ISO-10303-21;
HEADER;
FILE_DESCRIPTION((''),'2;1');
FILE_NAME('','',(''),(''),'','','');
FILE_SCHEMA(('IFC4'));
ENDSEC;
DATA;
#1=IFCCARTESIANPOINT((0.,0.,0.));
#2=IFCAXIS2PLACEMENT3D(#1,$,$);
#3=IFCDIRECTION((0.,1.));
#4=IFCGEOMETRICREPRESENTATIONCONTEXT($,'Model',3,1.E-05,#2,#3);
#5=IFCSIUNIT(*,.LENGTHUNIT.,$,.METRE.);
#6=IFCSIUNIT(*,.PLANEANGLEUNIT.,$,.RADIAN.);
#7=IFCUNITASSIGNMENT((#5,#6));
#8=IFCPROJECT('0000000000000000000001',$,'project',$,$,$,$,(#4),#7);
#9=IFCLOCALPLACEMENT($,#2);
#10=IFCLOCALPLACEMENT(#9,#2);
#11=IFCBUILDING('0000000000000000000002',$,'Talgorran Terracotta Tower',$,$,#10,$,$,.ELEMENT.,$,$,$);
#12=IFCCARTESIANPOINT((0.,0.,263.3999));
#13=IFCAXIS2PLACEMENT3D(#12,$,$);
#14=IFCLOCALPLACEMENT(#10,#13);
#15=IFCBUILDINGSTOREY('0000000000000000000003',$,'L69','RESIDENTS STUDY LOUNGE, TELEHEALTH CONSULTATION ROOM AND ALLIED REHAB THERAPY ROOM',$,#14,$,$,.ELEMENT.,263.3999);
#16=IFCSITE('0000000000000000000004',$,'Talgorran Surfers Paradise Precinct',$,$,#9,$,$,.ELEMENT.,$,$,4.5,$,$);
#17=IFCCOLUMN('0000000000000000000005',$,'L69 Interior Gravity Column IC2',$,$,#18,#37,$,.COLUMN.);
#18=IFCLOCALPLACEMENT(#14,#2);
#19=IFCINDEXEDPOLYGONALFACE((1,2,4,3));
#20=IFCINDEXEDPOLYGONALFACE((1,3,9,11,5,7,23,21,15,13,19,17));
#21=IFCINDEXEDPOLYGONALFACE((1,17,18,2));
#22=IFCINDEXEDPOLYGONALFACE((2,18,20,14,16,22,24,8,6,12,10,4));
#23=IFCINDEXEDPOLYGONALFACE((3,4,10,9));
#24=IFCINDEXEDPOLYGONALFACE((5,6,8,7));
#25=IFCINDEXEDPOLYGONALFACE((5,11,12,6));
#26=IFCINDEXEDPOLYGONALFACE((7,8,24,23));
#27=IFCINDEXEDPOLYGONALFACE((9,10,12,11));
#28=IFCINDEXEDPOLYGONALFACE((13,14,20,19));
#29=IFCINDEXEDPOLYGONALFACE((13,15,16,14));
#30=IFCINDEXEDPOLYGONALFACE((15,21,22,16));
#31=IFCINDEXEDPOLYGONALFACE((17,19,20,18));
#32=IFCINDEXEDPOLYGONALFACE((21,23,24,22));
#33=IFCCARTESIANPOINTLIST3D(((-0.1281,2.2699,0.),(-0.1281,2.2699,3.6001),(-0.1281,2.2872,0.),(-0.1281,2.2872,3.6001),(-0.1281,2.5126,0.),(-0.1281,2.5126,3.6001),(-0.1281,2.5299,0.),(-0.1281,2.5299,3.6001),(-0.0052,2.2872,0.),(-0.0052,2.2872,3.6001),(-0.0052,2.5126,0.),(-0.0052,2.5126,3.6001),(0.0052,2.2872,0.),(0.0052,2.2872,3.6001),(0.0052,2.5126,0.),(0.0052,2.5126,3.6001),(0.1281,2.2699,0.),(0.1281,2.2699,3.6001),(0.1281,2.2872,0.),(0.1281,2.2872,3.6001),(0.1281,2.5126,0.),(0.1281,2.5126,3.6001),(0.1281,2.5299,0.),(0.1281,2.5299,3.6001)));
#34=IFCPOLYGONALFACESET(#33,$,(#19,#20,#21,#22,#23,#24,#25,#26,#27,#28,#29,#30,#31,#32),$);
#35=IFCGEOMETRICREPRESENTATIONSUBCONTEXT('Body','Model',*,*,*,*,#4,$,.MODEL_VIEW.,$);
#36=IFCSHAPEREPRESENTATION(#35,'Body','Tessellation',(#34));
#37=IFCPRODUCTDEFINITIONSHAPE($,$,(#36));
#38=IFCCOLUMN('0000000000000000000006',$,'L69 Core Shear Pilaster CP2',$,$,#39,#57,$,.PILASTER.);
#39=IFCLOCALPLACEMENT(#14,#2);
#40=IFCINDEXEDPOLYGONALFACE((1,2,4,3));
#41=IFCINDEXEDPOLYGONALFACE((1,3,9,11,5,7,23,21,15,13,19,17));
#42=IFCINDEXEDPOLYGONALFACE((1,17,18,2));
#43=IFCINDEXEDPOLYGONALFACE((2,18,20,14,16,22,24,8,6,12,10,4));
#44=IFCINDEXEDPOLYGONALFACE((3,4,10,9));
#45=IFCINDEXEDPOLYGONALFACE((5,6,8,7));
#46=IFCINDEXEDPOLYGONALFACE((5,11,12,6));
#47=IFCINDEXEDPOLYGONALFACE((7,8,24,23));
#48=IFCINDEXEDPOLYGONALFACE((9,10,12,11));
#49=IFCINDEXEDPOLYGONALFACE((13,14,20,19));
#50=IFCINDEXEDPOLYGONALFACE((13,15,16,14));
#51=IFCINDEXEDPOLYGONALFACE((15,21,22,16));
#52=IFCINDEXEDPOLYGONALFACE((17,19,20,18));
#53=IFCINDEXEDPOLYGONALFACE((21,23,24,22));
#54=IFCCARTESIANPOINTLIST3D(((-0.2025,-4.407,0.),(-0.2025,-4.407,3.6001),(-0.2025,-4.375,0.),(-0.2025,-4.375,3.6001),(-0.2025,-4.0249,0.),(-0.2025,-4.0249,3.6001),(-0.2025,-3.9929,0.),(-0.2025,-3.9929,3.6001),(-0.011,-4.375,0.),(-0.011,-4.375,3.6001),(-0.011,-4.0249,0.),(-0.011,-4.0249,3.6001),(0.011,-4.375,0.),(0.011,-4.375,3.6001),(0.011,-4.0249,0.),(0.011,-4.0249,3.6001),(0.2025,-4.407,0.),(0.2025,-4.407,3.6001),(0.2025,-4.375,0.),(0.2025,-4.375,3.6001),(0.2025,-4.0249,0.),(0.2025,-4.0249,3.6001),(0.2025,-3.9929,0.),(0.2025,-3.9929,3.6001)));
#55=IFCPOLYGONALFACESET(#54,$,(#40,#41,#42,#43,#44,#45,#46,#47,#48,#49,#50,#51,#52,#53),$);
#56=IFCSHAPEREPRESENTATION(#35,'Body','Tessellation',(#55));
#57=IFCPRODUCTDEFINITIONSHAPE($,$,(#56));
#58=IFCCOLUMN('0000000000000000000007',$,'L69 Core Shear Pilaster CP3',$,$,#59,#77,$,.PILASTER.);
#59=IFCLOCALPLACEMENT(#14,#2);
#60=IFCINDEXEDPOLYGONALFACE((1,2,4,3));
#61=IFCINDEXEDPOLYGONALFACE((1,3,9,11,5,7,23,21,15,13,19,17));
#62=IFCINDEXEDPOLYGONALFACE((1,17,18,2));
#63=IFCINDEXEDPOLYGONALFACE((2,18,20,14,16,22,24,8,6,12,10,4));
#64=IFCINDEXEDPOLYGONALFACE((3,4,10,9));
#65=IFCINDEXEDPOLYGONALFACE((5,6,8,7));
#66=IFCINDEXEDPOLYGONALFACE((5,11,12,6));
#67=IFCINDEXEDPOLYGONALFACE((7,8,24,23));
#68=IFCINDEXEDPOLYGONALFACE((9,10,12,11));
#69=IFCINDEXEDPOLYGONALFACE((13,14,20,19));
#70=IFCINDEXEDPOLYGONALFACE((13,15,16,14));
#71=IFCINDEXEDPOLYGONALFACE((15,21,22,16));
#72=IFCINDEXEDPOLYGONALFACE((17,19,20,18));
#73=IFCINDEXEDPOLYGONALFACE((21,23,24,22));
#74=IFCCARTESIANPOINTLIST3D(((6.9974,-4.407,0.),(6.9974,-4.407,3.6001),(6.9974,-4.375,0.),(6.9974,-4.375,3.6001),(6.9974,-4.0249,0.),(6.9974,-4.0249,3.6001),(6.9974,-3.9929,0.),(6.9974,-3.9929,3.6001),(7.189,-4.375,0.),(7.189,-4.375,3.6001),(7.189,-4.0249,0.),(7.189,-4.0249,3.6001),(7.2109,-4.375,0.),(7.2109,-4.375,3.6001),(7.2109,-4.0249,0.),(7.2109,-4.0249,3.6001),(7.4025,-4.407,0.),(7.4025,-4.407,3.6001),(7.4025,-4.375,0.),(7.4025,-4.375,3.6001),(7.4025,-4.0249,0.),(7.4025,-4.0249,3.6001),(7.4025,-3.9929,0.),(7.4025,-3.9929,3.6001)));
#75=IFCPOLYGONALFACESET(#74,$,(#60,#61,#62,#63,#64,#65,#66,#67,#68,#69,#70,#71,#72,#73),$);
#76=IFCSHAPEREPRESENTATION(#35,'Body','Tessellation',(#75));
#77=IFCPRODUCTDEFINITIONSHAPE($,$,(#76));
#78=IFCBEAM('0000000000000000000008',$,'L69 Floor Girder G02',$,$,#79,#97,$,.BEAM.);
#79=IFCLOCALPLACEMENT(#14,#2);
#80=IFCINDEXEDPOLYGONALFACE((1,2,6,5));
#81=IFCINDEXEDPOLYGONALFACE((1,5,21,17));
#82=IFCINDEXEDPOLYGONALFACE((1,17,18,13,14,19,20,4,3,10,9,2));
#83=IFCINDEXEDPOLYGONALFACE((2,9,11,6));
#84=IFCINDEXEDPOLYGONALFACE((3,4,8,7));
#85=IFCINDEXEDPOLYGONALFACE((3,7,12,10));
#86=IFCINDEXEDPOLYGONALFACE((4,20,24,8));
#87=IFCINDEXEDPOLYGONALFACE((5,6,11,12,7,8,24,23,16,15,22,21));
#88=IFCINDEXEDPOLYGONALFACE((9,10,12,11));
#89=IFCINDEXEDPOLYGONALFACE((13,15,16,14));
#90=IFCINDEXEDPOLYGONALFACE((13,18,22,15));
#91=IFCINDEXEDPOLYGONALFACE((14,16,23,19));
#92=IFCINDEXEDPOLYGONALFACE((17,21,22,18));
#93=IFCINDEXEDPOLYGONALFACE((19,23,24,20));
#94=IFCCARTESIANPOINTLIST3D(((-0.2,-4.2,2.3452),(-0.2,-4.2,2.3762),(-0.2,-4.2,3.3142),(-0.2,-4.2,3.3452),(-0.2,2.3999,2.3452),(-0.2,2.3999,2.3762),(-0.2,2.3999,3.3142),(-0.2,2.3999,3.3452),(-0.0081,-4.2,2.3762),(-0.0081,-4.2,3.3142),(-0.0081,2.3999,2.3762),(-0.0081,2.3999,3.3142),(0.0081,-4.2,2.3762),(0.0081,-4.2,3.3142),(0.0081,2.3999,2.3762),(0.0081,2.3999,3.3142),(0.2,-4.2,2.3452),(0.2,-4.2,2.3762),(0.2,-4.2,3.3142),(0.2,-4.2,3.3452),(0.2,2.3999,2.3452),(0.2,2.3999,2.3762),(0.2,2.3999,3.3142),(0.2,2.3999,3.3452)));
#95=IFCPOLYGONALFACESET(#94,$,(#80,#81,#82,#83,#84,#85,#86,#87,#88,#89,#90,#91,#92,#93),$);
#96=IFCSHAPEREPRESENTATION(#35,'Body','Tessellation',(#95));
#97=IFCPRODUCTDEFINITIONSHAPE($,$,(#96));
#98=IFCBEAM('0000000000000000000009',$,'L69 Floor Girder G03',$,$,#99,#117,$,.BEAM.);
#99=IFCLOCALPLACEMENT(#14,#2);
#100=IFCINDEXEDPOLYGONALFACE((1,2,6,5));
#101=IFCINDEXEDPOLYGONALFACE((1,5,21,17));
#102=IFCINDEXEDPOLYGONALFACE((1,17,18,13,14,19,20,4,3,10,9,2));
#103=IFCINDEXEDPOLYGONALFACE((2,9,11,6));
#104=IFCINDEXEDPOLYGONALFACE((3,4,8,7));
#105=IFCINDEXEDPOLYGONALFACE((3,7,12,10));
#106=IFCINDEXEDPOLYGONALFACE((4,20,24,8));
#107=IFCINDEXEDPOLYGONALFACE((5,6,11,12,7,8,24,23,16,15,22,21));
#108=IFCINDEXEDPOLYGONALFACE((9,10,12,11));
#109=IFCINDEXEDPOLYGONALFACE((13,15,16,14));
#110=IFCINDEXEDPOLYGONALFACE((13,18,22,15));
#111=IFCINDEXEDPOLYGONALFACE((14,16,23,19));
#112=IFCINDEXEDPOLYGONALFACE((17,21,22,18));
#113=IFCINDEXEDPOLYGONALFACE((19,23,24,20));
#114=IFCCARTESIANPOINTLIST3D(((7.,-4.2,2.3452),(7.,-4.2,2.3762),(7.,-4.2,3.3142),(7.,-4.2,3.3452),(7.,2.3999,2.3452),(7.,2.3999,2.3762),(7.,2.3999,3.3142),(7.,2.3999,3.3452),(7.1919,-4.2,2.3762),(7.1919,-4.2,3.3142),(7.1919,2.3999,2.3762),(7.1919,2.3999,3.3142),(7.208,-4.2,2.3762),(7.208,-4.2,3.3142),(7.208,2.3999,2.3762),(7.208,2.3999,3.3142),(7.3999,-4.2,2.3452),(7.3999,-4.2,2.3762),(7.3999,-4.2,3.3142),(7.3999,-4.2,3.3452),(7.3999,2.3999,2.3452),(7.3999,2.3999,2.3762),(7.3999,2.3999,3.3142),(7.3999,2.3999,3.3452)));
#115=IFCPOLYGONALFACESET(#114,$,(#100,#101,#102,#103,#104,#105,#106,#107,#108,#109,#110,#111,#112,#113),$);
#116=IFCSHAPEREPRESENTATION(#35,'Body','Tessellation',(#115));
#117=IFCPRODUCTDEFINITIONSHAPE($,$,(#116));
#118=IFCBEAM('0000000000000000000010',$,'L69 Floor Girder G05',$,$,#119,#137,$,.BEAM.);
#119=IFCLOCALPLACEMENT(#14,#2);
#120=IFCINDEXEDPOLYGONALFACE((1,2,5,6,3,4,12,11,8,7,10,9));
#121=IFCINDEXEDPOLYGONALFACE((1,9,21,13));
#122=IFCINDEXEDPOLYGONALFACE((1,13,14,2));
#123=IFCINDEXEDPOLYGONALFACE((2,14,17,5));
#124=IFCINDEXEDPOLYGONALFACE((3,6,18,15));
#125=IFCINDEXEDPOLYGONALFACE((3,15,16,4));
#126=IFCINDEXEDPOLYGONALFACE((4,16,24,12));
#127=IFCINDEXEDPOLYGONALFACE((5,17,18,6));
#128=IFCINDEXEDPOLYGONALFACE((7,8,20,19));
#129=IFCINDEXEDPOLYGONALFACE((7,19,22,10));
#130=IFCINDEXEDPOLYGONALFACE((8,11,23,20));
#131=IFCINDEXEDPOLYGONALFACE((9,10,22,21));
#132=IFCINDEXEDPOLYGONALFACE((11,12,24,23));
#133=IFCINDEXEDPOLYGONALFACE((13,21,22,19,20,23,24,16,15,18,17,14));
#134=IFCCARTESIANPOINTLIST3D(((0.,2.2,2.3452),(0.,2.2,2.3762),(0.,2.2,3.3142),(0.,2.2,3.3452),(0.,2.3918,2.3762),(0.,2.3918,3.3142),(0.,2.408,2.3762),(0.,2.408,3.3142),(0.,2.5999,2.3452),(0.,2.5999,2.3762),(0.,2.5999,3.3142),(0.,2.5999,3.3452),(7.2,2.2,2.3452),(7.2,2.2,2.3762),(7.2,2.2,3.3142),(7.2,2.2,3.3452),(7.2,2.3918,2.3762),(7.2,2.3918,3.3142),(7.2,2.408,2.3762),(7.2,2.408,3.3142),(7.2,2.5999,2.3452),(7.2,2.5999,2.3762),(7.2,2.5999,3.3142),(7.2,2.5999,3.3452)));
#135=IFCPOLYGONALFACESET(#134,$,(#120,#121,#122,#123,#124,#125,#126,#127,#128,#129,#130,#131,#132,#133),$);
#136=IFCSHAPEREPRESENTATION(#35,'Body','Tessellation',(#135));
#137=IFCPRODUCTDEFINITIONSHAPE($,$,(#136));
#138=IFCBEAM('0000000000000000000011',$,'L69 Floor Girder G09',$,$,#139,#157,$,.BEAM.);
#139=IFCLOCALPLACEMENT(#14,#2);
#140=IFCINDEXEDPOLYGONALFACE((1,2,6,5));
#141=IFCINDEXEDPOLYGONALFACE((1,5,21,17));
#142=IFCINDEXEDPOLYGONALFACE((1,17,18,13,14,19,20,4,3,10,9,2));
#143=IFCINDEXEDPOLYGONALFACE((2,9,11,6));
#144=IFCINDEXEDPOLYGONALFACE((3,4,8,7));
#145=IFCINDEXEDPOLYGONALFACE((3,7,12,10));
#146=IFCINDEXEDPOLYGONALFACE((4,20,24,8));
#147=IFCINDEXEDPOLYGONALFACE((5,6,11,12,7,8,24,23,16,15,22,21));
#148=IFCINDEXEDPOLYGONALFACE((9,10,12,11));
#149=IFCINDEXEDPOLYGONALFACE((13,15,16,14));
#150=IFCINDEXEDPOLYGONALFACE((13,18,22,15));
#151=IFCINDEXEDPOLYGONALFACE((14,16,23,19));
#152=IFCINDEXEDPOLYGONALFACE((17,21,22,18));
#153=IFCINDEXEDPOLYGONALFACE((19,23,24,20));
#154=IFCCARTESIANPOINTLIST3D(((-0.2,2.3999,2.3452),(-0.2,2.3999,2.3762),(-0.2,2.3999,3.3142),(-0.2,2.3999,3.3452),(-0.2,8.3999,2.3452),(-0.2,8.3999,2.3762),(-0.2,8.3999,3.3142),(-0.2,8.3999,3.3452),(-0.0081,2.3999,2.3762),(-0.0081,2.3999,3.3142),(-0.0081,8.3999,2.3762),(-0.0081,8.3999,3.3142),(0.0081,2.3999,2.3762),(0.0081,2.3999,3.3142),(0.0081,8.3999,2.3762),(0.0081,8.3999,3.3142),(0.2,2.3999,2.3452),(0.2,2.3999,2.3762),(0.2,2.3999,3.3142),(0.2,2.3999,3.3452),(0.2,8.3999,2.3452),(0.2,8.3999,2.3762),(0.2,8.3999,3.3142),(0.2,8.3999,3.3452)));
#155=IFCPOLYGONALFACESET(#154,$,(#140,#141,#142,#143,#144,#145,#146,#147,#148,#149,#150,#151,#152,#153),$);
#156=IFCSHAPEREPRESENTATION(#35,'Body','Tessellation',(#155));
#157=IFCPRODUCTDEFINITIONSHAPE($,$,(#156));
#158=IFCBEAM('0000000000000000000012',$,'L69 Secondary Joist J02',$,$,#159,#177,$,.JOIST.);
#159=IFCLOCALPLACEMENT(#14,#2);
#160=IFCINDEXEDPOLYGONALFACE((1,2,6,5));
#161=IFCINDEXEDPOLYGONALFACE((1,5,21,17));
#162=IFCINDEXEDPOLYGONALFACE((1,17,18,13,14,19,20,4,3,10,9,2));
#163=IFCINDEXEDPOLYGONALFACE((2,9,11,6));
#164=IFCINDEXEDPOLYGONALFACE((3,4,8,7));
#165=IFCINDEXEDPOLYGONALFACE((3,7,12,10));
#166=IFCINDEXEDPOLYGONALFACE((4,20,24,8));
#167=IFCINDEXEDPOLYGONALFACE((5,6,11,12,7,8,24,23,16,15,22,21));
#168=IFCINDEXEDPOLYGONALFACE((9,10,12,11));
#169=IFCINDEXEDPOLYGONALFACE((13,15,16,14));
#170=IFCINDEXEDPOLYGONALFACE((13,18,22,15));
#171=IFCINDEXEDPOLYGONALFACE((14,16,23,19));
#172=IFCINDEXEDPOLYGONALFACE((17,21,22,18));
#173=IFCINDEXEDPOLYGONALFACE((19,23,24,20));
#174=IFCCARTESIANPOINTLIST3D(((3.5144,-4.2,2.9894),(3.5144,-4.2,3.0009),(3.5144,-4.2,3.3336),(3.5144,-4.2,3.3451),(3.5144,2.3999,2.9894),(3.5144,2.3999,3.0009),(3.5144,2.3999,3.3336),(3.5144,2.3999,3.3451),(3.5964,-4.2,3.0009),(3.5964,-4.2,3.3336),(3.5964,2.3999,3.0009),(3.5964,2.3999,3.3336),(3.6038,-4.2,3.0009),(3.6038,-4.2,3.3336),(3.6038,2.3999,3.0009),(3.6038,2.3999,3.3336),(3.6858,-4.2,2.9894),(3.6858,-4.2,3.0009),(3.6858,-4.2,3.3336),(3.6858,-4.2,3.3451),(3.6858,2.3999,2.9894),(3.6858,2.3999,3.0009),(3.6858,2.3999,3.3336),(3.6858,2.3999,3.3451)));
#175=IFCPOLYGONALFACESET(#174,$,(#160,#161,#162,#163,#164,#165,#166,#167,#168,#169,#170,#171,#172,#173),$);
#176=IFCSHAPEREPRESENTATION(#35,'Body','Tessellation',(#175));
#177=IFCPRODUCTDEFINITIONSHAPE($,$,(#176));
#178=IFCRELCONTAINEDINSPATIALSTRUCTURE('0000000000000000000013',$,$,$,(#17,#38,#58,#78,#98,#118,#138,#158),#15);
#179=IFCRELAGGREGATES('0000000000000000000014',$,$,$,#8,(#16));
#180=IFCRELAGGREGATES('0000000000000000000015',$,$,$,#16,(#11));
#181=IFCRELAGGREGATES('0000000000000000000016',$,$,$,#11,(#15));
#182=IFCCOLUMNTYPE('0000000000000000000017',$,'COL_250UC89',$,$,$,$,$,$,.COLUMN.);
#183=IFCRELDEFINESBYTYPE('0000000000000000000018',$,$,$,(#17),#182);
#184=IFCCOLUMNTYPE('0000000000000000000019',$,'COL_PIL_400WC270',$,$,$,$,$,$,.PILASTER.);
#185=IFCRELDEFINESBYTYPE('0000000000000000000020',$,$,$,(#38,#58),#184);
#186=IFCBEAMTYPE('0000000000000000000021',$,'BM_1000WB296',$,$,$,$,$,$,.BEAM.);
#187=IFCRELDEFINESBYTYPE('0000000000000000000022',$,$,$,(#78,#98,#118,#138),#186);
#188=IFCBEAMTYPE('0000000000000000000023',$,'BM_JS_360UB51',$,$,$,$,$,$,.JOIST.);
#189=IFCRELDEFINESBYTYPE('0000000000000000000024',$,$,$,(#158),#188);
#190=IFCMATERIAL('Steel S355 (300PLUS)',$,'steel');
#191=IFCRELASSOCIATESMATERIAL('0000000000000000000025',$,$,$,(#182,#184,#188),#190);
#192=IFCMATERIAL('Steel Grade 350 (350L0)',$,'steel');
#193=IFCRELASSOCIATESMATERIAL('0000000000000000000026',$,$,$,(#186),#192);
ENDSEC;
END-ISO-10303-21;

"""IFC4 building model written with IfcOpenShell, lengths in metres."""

from ifc_helpers import new_model, si_unit, direction, frame, origin, origin_2d, place, context, subcontext, project, spatial, i_section, extrude, material, material_profile, profile_set, type_object, element, save


model = new_model("IFC4")

# Units and contexts
model_context = context("Model", 3, precision=1e-05, world=origin(), true_north=direction((0.0, 1.0)))
body_context = subcontext(model_context, "Body", "Model", "MODEL_VIEW")
ifc_project = project(units=[si_unit("LENGTHUNIT", "METRE"), si_unit("PLANEANGLEUNIT", "RADIAN")], contexts=[model_context])

# Site, building, storey
site_placement = place(None, origin())
site = spatial("IfcSite", under=ifc_project, at=site_placement, Name="Talgorran Surfers Paradise Precinct", CompositionType="ELEMENT", RefElevation=4.5)
building_placement = place(site_placement, origin())
building = spatial("IfcBuilding", under=site, at=building_placement, Name="Talgorran Terracotta Tower", CompositionType="ELEMENT")
storey_placement = place(building_placement, frame((0.0, 0.0, 263.3999)))
storey = spatial("IfcBuildingStorey", under=building, at=storey_placement, Name="L69", Description="RESIDENTS STUDY LOUNGE, TELEHEALTH CONSULTATION ROOM AND ALLIED REHAB THERAPY ROOM", CompositionType="ELEMENT", Elevation=263.3999)

# Columns
ifc_material_1 = material(Name="Steel S355 (300PLUS)", Category="steel")
ifc_material_profile_1 = material_profile(ifc_material_1, i_section(OverallWidth=0.2561, OverallDepth=0.26, WebThickness=0.0105, FlangeThickness=0.0173, at=origin_2d()), Name="250UC89.5")
ifc_profile_set_1 = profile_set([ifc_material_profile_1], Name="Steel S355 (300PLUS)")
column_type_1 = type_object("IfcColumnType", Name="COL_250UC89", PredefinedType="COLUMN", material=ifc_profile_set_1)
column_placement = place(storey_placement, frame((0.0, 2.3999, 0.0), z_axis=(0.0, 0.0, 1.0), x_axis=(1.0, 0.0, 0.0)))
element("IfcColumn", 1, at=column_placement, inside=storey, type_object=column_type_1, Name="L69 Interior Gravity Column IC2", PredefinedType="COLUMN", context=body_context, shape_type="SweptSolid", body=[
    extrude(i_section(OverallWidth=0.2561, OverallDepth=0.26, WebThickness=0.0105, FlangeThickness=0.0173, at=origin_2d()), origin(), (0.0, 0.0, 1.0), 3.6001),
])
ifc_material_profile_2 = material_profile(ifc_material_1, i_section(OverallWidth=0.405, OverallDepth=0.4141, WebThickness=0.022, FlangeThickness=0.032, at=origin_2d()), Name="400WC270")
ifc_profile_set_2 = profile_set([ifc_material_profile_2], Name="Steel S355 (300PLUS)")
column_type_2 = type_object("IfcColumnType", Name="COL_PIL_400WC270", PredefinedType="PILASTER", material=ifc_profile_set_2)
for number, where, z_axis, x_axis, name in (
    (2, (0.0, -4.2, 0.0), (0.0, 0.0, 1.0), (1.0, 0.0, 0.0), "L69 Core Shear Pilaster CP2"),
    (3, (7.2, -4.2, 0.0), (0.0, 0.0, 1.0), (1.0, 0.0, 0.0), "L69 Core Shear Pilaster CP3"),
):
    element("IfcColumn", number, at=place(storey_placement, frame(where, z_axis=z_axis, x_axis=x_axis)), inside=storey, type_object=column_type_2, Name=name, PredefinedType="PILASTER", context=body_context, shape_type="SweptSolid", body=[
        extrude(i_section(OverallWidth=0.405, OverallDepth=0.4141, WebThickness=0.022, FlangeThickness=0.032, at=origin_2d()), origin(), (0.0, 0.0, 1.0), 3.6001),
    ])

# Beams
ifc_material_2 = material(Name="Steel Grade 350 (350L0)", Category="steel")
ifc_material_profile_3 = material_profile(ifc_material_2, i_section(OverallWidth=0.3999, OverallDepth=1.0, WebThickness=0.0161, FlangeThickness=0.031, at=origin_2d()), Name="1000WB296")
ifc_profile_set_3 = profile_set([ifc_material_profile_3], Name="Steel Grade 350 (350L0)")
beam_type_1 = type_object("IfcBeamType", Name="BM_1000WB296", PredefinedType="BEAM", material=ifc_profile_set_3)
for number, where, z_axis, x_axis, name in (
    (4, (0.0, -4.2, 2.8452), (0.0, 1.0, 0.0), (-1.0, 0.0, 0.0), "L69 Floor Girder G02"),
    (5, (7.2, -4.2, 2.8452), (0.0, 1.0, 0.0), (-1.0, 0.0, 0.0), "L69 Floor Girder G03"),
):
    element("IfcBeam", number, at=place(storey_placement, frame(where, z_axis=z_axis, x_axis=x_axis)), inside=storey, type_object=beam_type_1, Name=name, PredefinedType="BEAM", context=body_context, shape_type="SweptSolid", body=[
        extrude(i_section(OverallWidth=0.3999, OverallDepth=1.0, WebThickness=0.0161, FlangeThickness=0.031, at=origin_2d()), origin(), (0.0, 0.0, 1.0), 6.5999),
    ])
beam_1_placement = place(storey_placement, frame((0.0, 2.3999, 2.8452), z_axis=(1.0, 0.0, 0.0), x_axis=(0.0, 1.0, 0.0)))
element("IfcBeam", 6, at=beam_1_placement, inside=storey, type_object=beam_type_1, Name="L69 Floor Girder G05", PredefinedType="BEAM", context=body_context, shape_type="SweptSolid", body=[
    extrude(i_section(OverallWidth=0.3999, OverallDepth=1.0, WebThickness=0.0161, FlangeThickness=0.031, at=origin_2d()), origin(), (0.0, 0.0, 1.0), 7.2),
])
beam_2_placement = place(storey_placement, frame((0.0, 2.3999, 2.8452), z_axis=(0.0, 1.0, 0.0), x_axis=(-1.0, 0.0, 0.0)))
element("IfcBeam", 7, at=beam_2_placement, inside=storey, type_object=beam_type_1, Name="L69 Floor Girder G09", PredefinedType="BEAM", context=body_context, shape_type="SweptSolid", body=[
    extrude(i_section(OverallWidth=0.3999, OverallDepth=1.0, WebThickness=0.0161, FlangeThickness=0.031, at=origin_2d()), origin(), (0.0, 0.0, 1.0), 6.0),
])
ifc_material_profile_4 = material_profile(ifc_material_1, i_section(OverallWidth=0.1714, OverallDepth=0.3557, WebThickness=0.0073, FlangeThickness=0.0115, at=origin_2d()), Name="360UB50.7")
ifc_profile_set_4 = profile_set([ifc_material_profile_4], Name="Steel S355 (300PLUS)")
beam_type_2 = type_object("IfcBeamType", Name="BM_JS_360UB51", PredefinedType="JOIST", material=ifc_profile_set_4)
beam_3_placement = place(storey_placement, frame((3.6001, -4.2, 3.1672), z_axis=(0.0, 1.0, 0.0), x_axis=(-1.0, 0.0, 0.0)))
element("IfcBeam", 8, at=beam_3_placement, inside=storey, type_object=beam_type_2, Name="L69 Secondary Joist J02", PredefinedType="JOIST", context=body_context, shape_type="SweptSolid", body=[
    extrude(i_section(OverallWidth=0.1714, OverallDepth=0.3557, WebThickness=0.0073, FlangeThickness=0.0115, at=origin_2d()), origin(), (0.0, 0.0, 1.0), 6.5999),
])

save(model, "model.ifc")
